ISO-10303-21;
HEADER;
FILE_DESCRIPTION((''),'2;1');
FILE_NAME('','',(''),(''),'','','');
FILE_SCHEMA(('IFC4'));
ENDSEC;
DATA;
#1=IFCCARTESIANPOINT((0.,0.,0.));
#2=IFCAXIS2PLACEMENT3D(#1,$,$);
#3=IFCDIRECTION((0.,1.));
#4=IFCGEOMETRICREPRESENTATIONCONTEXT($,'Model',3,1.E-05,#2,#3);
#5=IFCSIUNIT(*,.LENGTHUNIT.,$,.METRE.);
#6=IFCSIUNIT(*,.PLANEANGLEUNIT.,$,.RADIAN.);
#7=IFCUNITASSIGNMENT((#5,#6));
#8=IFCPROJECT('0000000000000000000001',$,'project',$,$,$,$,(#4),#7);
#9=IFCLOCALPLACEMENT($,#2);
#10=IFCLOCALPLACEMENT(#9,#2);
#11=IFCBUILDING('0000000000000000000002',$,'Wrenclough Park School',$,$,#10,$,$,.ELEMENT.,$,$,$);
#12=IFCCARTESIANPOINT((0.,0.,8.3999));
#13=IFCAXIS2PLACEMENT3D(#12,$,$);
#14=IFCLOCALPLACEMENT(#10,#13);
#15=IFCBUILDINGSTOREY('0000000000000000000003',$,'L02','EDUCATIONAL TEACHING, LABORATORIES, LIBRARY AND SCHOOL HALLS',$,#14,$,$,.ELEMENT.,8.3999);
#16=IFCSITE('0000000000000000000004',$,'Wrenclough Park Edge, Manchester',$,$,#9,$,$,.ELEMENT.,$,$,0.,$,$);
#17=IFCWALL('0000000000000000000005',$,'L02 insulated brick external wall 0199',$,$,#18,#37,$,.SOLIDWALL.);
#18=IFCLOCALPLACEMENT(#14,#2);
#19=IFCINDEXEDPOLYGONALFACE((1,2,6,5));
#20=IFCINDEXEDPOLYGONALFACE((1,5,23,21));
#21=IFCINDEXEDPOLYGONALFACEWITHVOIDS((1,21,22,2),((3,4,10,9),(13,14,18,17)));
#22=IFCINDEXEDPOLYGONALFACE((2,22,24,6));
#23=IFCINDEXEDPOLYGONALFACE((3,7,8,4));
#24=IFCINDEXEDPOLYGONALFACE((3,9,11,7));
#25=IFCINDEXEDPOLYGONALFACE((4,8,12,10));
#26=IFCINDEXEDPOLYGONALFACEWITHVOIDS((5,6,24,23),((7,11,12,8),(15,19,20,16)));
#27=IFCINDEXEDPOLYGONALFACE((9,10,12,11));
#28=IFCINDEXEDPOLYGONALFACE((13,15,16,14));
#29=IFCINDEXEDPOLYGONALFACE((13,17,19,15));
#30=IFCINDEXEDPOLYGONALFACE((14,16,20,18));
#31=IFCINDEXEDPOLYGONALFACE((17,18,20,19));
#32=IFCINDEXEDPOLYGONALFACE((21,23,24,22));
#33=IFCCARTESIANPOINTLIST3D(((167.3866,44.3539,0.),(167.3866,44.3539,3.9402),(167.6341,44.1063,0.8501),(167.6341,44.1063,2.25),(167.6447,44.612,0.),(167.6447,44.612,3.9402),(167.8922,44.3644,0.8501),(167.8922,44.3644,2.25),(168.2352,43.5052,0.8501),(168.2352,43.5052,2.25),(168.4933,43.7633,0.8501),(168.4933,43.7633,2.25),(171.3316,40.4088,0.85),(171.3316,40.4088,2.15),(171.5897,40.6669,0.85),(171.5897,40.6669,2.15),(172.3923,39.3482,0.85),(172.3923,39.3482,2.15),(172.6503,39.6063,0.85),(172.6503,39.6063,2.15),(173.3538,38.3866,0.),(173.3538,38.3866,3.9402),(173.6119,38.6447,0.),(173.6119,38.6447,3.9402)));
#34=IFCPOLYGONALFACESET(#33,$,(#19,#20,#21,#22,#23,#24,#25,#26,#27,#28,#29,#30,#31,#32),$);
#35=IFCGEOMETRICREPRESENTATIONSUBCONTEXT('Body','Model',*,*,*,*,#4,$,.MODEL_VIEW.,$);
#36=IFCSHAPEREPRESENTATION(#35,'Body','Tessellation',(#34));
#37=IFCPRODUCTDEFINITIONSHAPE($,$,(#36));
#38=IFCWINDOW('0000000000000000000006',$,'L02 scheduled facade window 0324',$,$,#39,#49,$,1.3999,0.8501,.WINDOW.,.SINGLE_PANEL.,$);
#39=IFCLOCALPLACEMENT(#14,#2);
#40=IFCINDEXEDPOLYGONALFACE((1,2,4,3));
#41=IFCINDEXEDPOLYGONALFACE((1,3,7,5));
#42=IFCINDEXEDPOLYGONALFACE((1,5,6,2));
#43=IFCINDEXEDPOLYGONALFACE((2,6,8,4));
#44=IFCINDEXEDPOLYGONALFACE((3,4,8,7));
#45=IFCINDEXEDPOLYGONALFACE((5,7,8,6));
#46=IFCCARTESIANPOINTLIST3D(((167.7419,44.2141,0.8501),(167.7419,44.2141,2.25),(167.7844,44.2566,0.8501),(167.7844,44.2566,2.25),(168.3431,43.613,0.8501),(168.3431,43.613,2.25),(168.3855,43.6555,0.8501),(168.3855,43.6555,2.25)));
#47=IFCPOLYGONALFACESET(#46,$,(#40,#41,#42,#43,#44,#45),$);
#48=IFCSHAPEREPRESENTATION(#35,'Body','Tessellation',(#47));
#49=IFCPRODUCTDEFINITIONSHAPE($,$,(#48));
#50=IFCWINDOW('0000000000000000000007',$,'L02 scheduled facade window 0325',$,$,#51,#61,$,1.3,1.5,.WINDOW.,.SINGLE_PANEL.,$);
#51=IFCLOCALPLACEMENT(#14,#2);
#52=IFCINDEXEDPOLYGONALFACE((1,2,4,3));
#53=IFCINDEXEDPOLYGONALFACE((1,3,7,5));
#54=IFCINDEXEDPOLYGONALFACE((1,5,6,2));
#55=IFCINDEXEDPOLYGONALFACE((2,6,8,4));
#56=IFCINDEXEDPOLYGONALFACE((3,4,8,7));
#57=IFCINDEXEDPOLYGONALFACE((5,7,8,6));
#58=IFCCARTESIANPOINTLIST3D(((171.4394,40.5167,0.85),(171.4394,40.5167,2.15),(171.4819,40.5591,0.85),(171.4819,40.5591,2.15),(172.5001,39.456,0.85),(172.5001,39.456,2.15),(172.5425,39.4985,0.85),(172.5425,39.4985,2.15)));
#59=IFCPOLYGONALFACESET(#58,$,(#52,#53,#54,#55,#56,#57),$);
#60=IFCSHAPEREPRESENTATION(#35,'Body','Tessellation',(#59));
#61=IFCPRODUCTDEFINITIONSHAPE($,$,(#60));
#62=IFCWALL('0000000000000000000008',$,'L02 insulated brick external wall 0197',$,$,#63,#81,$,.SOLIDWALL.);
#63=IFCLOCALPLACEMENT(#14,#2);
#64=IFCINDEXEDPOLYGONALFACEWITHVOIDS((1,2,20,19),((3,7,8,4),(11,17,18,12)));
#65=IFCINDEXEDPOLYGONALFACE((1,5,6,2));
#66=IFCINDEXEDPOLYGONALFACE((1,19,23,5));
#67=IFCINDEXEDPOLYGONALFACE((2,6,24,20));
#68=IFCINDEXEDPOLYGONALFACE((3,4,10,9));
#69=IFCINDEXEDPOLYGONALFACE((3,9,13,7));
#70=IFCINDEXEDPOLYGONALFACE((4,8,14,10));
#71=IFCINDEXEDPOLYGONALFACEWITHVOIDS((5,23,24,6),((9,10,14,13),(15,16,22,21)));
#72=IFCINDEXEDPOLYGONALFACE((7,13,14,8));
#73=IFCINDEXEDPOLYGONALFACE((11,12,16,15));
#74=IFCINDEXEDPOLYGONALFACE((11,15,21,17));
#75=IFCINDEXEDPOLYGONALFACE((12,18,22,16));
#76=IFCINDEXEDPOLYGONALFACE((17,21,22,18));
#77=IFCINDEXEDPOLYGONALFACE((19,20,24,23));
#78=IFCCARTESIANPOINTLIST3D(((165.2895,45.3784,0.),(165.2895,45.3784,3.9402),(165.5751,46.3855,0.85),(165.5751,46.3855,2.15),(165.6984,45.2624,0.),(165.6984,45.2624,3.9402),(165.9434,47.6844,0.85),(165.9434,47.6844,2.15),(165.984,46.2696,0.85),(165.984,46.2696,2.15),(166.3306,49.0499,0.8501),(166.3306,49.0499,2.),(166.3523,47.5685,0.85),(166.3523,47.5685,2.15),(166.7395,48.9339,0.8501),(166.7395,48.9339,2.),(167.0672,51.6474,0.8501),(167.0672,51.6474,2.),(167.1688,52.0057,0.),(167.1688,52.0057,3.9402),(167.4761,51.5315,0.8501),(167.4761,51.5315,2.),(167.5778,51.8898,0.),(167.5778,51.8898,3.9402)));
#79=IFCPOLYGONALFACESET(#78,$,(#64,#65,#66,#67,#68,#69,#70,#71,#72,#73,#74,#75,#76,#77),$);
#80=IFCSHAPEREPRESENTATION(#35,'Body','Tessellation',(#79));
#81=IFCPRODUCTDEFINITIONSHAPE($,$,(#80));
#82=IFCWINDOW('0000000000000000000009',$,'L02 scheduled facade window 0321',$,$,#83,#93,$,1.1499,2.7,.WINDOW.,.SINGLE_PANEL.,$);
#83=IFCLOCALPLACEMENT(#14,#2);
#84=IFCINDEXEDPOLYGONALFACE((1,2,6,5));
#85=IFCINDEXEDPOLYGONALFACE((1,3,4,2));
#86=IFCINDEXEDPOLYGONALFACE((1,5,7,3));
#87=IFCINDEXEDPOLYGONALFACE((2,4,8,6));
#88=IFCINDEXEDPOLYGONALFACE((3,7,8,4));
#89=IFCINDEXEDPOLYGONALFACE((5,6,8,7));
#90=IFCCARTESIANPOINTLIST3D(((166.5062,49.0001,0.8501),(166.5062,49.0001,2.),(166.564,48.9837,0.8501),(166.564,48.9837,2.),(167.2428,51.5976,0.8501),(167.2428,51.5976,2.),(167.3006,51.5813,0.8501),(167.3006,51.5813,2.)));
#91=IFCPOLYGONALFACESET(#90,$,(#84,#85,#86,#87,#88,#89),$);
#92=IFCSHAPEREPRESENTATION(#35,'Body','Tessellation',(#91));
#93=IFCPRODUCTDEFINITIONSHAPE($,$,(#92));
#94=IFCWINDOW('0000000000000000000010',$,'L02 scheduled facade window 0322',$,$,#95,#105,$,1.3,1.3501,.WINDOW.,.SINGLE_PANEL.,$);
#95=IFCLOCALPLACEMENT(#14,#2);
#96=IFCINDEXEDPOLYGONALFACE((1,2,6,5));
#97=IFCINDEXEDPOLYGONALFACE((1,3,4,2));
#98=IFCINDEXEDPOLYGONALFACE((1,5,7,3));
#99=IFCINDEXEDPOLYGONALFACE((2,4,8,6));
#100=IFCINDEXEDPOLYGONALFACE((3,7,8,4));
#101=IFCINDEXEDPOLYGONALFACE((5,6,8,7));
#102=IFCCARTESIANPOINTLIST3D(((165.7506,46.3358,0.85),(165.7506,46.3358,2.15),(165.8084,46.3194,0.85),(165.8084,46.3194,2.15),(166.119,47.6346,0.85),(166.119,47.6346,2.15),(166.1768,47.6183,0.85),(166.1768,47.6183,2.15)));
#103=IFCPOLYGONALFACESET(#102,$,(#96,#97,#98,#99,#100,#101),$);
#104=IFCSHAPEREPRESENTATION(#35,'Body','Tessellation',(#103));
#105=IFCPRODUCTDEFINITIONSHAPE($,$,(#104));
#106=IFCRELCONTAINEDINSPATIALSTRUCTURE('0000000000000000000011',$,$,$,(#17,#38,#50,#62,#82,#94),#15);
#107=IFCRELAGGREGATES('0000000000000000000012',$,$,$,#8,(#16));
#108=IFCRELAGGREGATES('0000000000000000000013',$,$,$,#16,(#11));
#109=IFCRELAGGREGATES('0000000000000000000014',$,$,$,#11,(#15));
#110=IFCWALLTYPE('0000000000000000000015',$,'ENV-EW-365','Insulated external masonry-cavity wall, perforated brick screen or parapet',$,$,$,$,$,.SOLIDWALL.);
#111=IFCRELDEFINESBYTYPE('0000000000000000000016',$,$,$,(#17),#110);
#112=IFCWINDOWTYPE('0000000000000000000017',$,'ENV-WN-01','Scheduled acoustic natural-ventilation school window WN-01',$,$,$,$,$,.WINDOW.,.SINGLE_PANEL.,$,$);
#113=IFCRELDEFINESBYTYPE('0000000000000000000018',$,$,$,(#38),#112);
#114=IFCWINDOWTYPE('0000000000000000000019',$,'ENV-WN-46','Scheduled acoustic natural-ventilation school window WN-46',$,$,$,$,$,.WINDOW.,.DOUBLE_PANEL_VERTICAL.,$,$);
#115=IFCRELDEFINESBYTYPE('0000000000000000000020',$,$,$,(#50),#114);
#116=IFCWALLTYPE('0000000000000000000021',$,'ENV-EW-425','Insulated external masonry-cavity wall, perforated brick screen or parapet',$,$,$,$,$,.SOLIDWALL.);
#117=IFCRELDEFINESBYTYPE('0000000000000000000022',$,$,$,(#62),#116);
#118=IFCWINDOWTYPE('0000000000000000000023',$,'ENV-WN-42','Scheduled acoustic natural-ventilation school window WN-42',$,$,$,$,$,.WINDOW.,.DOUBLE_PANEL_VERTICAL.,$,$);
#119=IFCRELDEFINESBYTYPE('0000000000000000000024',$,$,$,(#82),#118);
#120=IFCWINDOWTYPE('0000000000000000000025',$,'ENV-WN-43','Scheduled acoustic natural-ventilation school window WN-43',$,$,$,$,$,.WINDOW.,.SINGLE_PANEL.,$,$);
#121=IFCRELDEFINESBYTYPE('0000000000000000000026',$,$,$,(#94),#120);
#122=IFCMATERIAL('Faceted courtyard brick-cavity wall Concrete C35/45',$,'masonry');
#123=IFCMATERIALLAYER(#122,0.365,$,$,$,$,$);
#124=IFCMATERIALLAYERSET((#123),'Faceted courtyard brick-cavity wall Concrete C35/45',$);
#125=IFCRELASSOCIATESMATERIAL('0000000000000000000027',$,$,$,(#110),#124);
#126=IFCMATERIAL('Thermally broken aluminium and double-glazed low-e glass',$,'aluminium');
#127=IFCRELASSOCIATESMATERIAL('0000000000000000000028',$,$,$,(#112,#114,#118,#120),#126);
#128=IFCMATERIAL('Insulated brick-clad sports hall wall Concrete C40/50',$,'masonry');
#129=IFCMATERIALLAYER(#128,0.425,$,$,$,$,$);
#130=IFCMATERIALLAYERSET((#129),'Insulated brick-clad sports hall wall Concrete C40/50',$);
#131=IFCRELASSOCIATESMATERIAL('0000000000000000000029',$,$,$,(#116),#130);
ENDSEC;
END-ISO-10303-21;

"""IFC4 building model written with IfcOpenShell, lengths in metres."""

from ifc_helpers import new_model, si_unit, direction, frame, frame_2d, origin, place, context, subcontext, project, spatial, rectangle, extrude, material, layer, layer_set, type_object, element, fill, save


model = new_model("IFC4")

# Units and contexts
model_context = context("Model", 3, precision=1e-05, world=origin(), true_north=direction((0.0, 1.0)))
body_context = subcontext(model_context, "Body", "Model", "MODEL_VIEW")
ifc_project = project(units=[si_unit("LENGTHUNIT", "METRE"), si_unit("PLANEANGLEUNIT", "RADIAN")], contexts=[model_context])

# Site, building, storey
site_placement = place(None, origin())
site = spatial("IfcSite", under=ifc_project, at=site_placement, Name="Wrenclough Park Edge, Manchester", CompositionType="ELEMENT", RefElevation=0.0)
building_placement = place(site_placement, origin())
building = spatial("IfcBuilding", under=site, at=building_placement, Name="Wrenclough Park School", CompositionType="ELEMENT")
storey_placement = place(building_placement, frame((0.0, 0.0, 8.3999)))
storey = spatial("IfcBuildingStorey", under=building, at=storey_placement, Name="L02", Description="EDUCATIONAL TEACHING, LABORATORIES, LIBRARY AND SCHOOL HALLS", CompositionType="ELEMENT", Elevation=8.3999)

# Shared definitions
ifc_material_1 = material(Name="Thermally broken aluminium and double-glazed low-e glass", Category="aluminium")

# Walls, openings, windows
ifc_material_2 = material(Name="Faceted courtyard brick-cavity wall Concrete C35/45", Category="masonry")
ifc_layer_1 = layer(ifc_material_2, 0.365)
ifc_layer_set_1 = layer_set([ifc_layer_1], Name="Faceted courtyard brick-cavity wall Concrete C35/45")
wall_type_1 = type_object("IfcWallType", Name="ENV-EW-365", Description="Insulated external masonry-cavity wall, perforated brick screen or parapet", PredefinedType="SOLIDWALL", material=ifc_layer_set_1)
wall_1_placement = place(storey_placement, frame((167.5156, 44.4829, 0.0), z_axis=(0.0, 0.0, 1.0), x_axis=(0.707107, -0.707107, 0.0)))
wall_1 = element("IfcWall", 1, at=wall_1_placement, inside=storey, type_object=wall_type_1, Name="L02 insulated brick external wall 0199", PredefinedType="SOLIDWALL", context=body_context, shape_type="SweptSolid", body=[
    extrude(rectangle(XDim=8.439, YDim=0.365, at=frame_2d((4.2195, 0.0))), origin(), (0.0, 0.0, 1.0), 3.9402),
])
opening_1_placement = place(wall_1_placement, frame((0.3501, 0.0, 0.8501)))
opening_1 = element("IfcOpeningElement", 2, at=opening_1_placement, cuts=wall_1, PredefinedType="OPENING", context=body_context, shape_type="SweptSolid", body=[
    extrude(rectangle(XDim=0.8501, YDim=1.3999, at=frame_2d((0.425, 0.7))), frame((0.0, 0.1924, 0.0), z_axis=(0.0, -1.0, 0.0), x_axis=(1.0, 0.0, 0.0)), (0.0, 0.0, 1.0), 0.385),
])
opening_2_placement = place(wall_1_placement, frame((5.5791, 0.0, 0.8501)))
opening_2 = element("IfcOpeningElement", 3, at=opening_2_placement, cuts=wall_1, PredefinedType="OPENING", context=body_context, shape_type="SweptSolid", body=[
    extrude(rectangle(XDim=1.5, YDim=1.3, at=frame_2d((0.75, 0.6499))), frame((0.0, 0.1924, 0.0), z_axis=(0.0, -1.0, 0.0), x_axis=(1.0, 0.0, 0.0)), (0.0, 0.0, 1.0), 0.385),
])
window_type_1 = type_object("IfcWindowType", Name="ENV-WN-01", Description="Scheduled acoustic natural-ventilation school window WN-01", PartitioningType="SINGLE_PANEL", PredefinedType="WINDOW", material=ifc_material_1)
window_1_placement = place(opening_1_placement, origin())
window_1 = element("IfcWindow", 4, at=window_1_placement, inside=storey, type_object=window_type_1, Name="L02 scheduled facade window 0324", OverallHeight=1.3999, OverallWidth=0.8501, PartitioningType="SINGLE_PANEL", PredefinedType="WINDOW", context=body_context, shape_type="SweptSolid", body=[
    extrude(rectangle(XDim=0.8501, YDim=1.3999, at=frame_2d((0.425, 0.7))), frame((0.0, 0.03, 0.0), z_axis=(0.0, -1.0, 0.0), x_axis=(1.0, 0.0, 0.0)), (0.0, 0.0, 1.0), 0.0601),
])
fill(opening_1, window_1)
window_type_2 = type_object("IfcWindowType", Name="ENV-WN-46", Description="Scheduled acoustic natural-ventilation school window WN-46", PartitioningType="DOUBLE_PANEL_VERTICAL", PredefinedType="WINDOW", material=ifc_material_1)
window_2_placement = place(opening_2_placement, origin())
window_2 = element("IfcWindow", 5, at=window_2_placement, inside=storey, type_object=window_type_2, Name="L02 scheduled facade window 0325", OverallHeight=1.3, OverallWidth=1.5, PartitioningType="SINGLE_PANEL", PredefinedType="WINDOW", context=body_context, shape_type="SweptSolid", body=[
    extrude(rectangle(XDim=1.5, YDim=1.3, at=frame_2d((0.75, 0.6499))), frame((0.0, 0.03, 0.0), z_axis=(0.0, -1.0, 0.0), x_axis=(1.0, 0.0, 0.0)), (0.0, 0.0, 1.0), 0.0601),
])
fill(opening_2, window_2)
ifc_material_3 = material(Name="Insulated brick-clad sports hall wall Concrete C40/50", Category="masonry")
ifc_layer_2 = layer(ifc_material_3, 0.425)
ifc_layer_set_2 = layer_set([ifc_layer_2], Name="Insulated brick-clad sports hall wall Concrete C40/50")
wall_type_2 = type_object("IfcWallType", Name="ENV-EW-425", Description="Insulated external masonry-cavity wall, perforated brick screen or parapet", PredefinedType="SOLIDWALL", material=ifc_layer_set_2)
wall_2_placement = place(storey_placement, frame((167.3733, 51.9478, 0.0), z_axis=(0.0, 0.0, 1.0), x_axis=(-0.27282, -0.962065, 0.0)))
wall_2 = element("IfcWall", 6, at=wall_2_placement, inside=storey, type_object=wall_type_2, Name="L02 insulated brick external wall 0197", PredefinedType="SOLIDWALL", context=body_context, shape_type="SweptSolid", body=[
    extrude(rectangle(XDim=6.8887, YDim=0.425, at=frame_2d((3.4443, 0.0))), origin(), (0.0, 0.0, 1.0), 3.9402),
])
opening_3_placement = place(wall_2_placement, frame((0.3723, 0.0, 0.8501)))
opening_3 = element("IfcOpeningElement", 7, at=opening_3_placement, cuts=wall_2, PredefinedType="OPENING", context=body_context, shape_type="SweptSolid", body=[
    extrude(rectangle(XDim=2.7, YDim=1.1499, at=frame_2d((1.3501, 0.575))), frame((0.0, 0.2224, 0.0), z_axis=(0.0, -1.0, 0.0), x_axis=(1.0, 0.0, 0.0)), (0.0, 0.0, 1.0), 0.4451),
])
opening_4_placement = place(wall_2_placement, frame((4.4917, 0.0, 0.8501)))
opening_4 = element("IfcOpeningElement", 8, at=opening_4_placement, cuts=wall_2, PredefinedType="OPENING", context=body_context, shape_type="SweptSolid", body=[
    extrude(rectangle(XDim=1.3501, YDim=1.3, at=frame_2d((0.675, 0.6499))), frame((0.0, 0.2224, 0.0), z_axis=(0.0, -1.0, 0.0), x_axis=(1.0, 0.0, 0.0)), (0.0, 0.0, 1.0), 0.4451),
])
window_type_3 = type_object("IfcWindowType", Name="ENV-WN-42", Description="Scheduled acoustic natural-ventilation school window WN-42", PartitioningType="DOUBLE_PANEL_VERTICAL", PredefinedType="WINDOW", material=ifc_material_1)
window_3_placement = place(opening_3_placement, origin())
window_3 = element("IfcWindow", 9, at=window_3_placement, inside=storey, type_object=window_type_3, Name="L02 scheduled facade window 0321", OverallHeight=1.1499, OverallWidth=2.7, PartitioningType="SINGLE_PANEL", PredefinedType="WINDOW", context=body_context, shape_type="SweptSolid", body=[
    extrude(rectangle(XDim=2.7, YDim=1.1499, at=frame_2d((1.3501, 0.575))), frame((0.0, 0.03, 0.0), z_axis=(0.0, -1.0, 0.0), x_axis=(1.0, 0.0, 0.0)), (0.0, 0.0, 1.0), 0.0601),
])
fill(opening_3, window_3)
window_type_4 = type_object("IfcWindowType", Name="ENV-WN-43", Description="Scheduled acoustic natural-ventilation school window WN-43", PartitioningType="SINGLE_PANEL", PredefinedType="WINDOW", material=ifc_material_1)
window_4_placement = place(opening_4_placement, origin())
window_4 = element("IfcWindow", 10, at=window_4_placement, inside=storey, type_object=window_type_4, Name="L02 scheduled facade window 0322", OverallHeight=1.3, OverallWidth=1.3501, PartitioningType="SINGLE_PANEL", PredefinedType="WINDOW", context=body_context, shape_type="SweptSolid", body=[
    extrude(rectangle(XDim=1.3501, YDim=1.3, at=frame_2d((0.675, 0.6499))), frame((0.0, 0.03, 0.0), z_axis=(0.0, -1.0, 0.0), x_axis=(1.0, 0.0, 0.0)), (0.0, 0.0, 1.0), 0.0601),
])
fill(opening_4, window_4)

save(model, "model.ifc")
